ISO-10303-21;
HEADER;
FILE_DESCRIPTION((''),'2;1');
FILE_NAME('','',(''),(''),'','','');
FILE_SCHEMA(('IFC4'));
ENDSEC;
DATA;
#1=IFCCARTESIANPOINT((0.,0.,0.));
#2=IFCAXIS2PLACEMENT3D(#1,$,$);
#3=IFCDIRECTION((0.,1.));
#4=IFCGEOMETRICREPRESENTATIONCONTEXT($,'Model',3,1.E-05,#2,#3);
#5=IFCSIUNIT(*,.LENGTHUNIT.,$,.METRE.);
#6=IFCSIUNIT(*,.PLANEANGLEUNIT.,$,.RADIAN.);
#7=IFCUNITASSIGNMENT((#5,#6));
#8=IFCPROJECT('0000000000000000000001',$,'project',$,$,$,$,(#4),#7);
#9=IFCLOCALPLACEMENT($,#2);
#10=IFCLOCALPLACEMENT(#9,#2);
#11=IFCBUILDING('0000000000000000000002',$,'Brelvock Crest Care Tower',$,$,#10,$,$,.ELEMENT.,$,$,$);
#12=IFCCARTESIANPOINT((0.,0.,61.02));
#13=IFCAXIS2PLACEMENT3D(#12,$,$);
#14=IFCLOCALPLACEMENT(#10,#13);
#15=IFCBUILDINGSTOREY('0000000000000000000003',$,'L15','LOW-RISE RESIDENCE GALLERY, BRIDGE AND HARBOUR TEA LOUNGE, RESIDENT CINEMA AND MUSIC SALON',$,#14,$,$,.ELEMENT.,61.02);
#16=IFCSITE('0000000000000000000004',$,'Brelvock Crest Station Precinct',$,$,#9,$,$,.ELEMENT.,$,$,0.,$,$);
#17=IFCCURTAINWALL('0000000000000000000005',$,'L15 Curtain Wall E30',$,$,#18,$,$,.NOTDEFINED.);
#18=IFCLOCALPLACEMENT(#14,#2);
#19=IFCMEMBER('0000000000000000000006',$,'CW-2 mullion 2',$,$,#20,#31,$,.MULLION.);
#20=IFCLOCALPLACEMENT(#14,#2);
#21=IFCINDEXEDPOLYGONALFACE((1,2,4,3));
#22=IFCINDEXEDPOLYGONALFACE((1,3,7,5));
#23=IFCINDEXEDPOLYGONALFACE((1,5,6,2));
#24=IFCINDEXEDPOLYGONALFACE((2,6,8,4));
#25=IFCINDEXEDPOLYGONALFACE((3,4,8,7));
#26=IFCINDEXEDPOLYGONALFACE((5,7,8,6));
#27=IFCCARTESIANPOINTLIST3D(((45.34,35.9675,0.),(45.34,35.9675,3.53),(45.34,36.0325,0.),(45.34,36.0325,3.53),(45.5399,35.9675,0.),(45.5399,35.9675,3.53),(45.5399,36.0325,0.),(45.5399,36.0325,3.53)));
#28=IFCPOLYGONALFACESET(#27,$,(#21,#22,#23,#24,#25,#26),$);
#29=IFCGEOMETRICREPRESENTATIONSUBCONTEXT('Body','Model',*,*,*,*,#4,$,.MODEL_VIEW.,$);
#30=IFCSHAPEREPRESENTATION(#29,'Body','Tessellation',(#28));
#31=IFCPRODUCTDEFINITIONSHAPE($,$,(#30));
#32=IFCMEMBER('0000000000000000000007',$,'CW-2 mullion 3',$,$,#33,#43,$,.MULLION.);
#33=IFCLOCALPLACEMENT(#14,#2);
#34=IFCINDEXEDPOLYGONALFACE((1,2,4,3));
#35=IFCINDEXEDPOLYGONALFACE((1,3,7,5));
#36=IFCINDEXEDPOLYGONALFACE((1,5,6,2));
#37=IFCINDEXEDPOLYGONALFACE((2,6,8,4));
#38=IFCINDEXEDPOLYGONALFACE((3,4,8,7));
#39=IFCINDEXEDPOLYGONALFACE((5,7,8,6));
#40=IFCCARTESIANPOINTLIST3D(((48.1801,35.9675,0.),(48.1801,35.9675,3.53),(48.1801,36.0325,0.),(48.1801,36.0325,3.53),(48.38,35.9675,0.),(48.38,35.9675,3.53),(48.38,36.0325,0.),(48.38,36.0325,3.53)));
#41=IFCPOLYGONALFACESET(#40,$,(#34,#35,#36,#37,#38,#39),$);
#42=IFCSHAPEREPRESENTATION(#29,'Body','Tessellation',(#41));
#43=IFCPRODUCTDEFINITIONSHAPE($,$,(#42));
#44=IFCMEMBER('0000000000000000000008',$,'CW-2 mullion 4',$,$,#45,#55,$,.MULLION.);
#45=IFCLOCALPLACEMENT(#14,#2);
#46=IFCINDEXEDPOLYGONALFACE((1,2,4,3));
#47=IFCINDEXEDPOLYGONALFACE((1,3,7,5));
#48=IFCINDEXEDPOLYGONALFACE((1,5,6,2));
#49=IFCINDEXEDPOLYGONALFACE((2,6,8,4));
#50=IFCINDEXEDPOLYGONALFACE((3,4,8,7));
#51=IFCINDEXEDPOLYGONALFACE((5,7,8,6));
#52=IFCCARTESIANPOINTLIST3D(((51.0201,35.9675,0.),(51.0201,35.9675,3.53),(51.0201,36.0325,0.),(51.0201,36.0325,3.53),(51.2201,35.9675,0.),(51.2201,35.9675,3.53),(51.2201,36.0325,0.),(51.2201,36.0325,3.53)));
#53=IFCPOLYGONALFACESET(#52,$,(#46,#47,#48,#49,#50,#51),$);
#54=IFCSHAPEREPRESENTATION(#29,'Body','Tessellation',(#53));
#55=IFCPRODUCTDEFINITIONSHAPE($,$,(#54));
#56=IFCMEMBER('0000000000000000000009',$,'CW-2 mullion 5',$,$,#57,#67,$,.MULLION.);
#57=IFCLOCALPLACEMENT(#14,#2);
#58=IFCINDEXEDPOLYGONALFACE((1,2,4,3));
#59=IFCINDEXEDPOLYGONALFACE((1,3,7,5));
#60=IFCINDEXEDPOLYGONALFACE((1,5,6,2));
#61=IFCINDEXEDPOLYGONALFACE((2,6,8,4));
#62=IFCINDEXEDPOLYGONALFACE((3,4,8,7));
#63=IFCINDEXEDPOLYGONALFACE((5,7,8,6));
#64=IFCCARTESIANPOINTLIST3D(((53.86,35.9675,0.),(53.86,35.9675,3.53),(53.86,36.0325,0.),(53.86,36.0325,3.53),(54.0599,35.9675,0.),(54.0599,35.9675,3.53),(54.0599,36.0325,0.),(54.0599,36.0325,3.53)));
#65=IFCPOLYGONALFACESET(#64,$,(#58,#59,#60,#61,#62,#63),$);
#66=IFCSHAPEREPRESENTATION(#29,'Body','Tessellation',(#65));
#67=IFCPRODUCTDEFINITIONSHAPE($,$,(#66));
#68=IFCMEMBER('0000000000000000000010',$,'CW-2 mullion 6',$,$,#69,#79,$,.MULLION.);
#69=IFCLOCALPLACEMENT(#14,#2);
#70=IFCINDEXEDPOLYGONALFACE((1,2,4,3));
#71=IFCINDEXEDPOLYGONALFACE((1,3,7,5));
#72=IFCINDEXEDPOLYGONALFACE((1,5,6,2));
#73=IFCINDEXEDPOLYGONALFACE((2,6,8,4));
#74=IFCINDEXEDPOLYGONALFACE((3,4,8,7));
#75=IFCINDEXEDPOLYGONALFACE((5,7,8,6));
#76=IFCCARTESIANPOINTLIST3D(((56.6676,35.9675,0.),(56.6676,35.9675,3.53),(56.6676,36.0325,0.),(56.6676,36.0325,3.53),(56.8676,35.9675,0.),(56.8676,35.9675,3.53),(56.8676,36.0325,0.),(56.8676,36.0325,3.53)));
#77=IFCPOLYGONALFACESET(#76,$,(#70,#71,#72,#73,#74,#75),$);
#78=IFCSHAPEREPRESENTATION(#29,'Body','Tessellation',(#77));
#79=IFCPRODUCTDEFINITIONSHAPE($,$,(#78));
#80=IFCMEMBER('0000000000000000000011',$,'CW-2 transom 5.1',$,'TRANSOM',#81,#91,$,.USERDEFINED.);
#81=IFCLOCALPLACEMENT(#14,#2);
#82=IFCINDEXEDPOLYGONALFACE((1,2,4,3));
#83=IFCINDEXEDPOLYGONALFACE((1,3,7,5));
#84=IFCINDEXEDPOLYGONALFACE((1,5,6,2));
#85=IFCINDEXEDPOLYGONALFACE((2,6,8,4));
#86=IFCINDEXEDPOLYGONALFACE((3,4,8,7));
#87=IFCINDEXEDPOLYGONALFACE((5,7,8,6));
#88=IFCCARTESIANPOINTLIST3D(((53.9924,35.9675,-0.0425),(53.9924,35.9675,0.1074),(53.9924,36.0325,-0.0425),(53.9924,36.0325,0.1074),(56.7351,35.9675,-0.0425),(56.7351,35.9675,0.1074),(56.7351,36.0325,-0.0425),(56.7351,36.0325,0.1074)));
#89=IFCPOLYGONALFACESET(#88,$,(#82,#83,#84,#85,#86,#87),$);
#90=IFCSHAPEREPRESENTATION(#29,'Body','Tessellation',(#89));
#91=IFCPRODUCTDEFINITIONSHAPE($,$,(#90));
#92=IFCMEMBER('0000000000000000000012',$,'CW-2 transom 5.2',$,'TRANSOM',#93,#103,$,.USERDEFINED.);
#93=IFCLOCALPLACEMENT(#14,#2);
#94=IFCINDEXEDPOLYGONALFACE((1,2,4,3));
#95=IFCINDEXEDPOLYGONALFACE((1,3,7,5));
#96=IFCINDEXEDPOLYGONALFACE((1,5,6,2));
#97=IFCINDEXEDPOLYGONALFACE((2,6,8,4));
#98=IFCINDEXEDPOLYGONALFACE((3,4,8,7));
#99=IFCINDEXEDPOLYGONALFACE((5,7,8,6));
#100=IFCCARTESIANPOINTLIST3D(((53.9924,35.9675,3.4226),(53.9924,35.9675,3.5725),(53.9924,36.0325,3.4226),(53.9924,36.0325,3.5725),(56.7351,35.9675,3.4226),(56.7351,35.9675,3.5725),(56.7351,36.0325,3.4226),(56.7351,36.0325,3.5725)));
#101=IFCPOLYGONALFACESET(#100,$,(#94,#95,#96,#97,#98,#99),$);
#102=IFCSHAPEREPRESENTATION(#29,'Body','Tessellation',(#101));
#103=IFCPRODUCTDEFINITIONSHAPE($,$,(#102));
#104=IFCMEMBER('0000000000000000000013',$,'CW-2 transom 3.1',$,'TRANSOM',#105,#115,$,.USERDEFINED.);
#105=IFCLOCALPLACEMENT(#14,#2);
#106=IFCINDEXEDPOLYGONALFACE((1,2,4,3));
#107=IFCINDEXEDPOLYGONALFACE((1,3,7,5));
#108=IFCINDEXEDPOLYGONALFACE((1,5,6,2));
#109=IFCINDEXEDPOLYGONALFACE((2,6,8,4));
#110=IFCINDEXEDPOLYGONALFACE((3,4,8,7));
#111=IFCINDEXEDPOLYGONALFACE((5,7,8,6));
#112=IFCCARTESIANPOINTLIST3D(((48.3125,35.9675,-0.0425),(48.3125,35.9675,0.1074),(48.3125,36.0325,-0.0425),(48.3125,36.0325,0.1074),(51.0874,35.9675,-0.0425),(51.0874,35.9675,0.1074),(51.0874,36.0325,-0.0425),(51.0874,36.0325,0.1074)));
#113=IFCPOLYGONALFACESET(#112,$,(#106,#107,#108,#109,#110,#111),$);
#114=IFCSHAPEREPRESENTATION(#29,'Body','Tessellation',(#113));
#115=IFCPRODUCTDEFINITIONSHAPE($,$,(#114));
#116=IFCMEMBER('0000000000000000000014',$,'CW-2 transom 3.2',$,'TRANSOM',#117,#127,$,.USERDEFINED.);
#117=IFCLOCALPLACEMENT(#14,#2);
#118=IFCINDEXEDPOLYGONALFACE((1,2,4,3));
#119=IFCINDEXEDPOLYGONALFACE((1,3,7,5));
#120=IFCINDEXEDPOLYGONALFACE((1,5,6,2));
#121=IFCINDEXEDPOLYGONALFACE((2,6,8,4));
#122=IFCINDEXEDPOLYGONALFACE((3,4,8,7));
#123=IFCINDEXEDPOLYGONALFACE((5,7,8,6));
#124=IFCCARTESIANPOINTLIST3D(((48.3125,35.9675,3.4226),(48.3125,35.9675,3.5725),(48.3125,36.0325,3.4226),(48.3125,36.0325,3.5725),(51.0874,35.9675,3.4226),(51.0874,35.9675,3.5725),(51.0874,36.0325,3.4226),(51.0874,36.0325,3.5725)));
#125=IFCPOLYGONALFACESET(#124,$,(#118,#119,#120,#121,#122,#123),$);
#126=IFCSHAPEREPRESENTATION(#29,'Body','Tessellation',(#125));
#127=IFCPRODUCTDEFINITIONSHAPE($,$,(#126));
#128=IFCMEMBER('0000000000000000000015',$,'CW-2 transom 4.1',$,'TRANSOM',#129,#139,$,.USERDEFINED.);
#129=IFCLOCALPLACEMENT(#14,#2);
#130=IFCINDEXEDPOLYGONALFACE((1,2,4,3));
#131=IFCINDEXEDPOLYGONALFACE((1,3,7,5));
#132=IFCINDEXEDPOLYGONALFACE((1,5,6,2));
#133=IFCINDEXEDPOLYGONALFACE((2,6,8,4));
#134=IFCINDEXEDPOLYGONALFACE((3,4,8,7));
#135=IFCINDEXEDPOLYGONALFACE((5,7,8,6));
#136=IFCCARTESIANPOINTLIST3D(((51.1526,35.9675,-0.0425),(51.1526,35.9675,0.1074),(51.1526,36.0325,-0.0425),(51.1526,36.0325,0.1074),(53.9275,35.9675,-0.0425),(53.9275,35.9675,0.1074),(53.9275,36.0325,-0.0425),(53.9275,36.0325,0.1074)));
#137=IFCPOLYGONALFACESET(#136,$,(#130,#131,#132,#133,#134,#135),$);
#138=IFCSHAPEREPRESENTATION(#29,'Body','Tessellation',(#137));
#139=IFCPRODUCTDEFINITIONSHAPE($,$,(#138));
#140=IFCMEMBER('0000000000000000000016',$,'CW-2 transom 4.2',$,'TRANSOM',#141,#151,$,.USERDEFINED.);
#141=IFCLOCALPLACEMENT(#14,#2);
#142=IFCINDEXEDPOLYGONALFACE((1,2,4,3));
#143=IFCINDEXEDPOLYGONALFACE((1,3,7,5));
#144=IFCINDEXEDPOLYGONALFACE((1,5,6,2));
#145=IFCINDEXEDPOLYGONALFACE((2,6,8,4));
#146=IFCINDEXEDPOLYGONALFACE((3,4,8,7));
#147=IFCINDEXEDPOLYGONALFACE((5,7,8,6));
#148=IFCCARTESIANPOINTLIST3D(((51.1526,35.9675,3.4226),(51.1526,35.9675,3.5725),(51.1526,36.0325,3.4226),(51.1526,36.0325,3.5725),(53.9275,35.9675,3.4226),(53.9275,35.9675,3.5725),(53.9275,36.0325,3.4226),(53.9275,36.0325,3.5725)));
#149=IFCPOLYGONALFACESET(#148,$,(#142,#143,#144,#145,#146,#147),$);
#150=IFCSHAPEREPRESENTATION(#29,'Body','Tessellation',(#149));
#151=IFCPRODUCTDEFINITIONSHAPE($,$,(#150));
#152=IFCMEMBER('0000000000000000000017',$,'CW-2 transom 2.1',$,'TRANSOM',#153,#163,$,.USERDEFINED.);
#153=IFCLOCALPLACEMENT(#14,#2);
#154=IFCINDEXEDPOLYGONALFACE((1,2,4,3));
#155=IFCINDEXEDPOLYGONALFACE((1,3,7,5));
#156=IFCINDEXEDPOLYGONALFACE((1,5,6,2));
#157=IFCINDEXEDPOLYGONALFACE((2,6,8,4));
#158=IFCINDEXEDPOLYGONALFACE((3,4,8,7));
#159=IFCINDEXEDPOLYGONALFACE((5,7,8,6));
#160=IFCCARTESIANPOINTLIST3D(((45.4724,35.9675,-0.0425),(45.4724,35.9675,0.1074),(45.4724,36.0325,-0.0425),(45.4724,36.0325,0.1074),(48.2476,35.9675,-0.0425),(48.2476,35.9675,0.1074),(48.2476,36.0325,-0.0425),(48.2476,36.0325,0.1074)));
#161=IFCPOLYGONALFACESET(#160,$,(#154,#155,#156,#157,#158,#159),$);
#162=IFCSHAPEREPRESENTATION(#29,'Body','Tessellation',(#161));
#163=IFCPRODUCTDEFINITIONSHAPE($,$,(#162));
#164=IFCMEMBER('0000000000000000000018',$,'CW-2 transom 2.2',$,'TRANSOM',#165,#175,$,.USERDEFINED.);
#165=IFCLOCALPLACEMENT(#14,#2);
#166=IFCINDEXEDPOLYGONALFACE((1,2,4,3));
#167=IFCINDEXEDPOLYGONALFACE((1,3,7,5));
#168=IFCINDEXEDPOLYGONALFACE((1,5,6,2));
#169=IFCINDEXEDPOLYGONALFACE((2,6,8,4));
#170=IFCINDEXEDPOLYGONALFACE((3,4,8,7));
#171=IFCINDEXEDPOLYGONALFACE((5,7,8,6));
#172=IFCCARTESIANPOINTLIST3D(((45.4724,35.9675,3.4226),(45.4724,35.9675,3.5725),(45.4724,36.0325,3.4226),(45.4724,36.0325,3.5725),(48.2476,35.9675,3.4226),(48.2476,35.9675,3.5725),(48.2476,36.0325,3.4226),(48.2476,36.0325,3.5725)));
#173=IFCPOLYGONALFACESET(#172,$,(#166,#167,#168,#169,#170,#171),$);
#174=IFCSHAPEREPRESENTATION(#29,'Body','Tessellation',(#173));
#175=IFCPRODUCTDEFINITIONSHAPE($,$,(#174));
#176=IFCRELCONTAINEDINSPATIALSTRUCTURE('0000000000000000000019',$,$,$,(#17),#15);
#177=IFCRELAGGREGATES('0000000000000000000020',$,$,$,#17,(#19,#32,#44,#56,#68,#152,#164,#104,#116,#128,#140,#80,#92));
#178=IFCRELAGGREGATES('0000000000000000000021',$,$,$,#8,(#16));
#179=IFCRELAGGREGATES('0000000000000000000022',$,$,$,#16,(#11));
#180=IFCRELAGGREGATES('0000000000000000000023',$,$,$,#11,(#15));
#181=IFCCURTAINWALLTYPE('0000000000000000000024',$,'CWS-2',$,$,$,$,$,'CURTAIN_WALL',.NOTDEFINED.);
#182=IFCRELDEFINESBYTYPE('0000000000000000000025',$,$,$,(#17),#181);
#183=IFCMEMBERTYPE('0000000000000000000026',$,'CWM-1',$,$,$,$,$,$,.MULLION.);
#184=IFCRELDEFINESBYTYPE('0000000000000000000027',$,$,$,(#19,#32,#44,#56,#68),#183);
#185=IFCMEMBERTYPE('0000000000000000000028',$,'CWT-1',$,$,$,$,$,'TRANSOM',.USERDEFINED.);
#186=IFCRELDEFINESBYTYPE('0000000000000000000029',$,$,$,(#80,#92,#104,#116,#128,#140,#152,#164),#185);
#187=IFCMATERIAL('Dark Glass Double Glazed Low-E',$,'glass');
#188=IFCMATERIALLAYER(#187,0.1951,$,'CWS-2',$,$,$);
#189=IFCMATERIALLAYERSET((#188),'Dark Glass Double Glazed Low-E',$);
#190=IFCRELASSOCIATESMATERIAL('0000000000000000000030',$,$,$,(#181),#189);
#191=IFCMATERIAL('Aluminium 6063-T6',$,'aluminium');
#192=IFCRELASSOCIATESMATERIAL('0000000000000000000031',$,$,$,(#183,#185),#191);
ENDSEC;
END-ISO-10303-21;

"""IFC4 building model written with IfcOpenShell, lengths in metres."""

from ifc_helpers import new_model, si_unit, direction, frame, origin, origin_2d, place, context, subcontext, project, spatial, rectangle, extrude, source, transform, mapped, material, layer, layer_set, material_profile, profile_set, type_object, element, aggregate, save


model = new_model("IFC4")

# Units and contexts
model_context = context("Model", 3, precision=1e-05, world=origin(), true_north=direction((0.0, 1.0)))
body_context = subcontext(model_context, "Body", "Model", "MODEL_VIEW")
ifc_project = project(units=[si_unit("LENGTHUNIT", "METRE"), si_unit("PLANEANGLEUNIT", "RADIAN")], contexts=[model_context])

# Site, building, storey
site_placement = place(None, origin())
site = spatial("IfcSite", under=ifc_project, at=site_placement, Name="Brelvock Crest Station Precinct", CompositionType="ELEMENT", RefElevation=0.0)
building_placement = place(site_placement, origin())
building = spatial("IfcBuilding", under=site, at=building_placement, Name="Brelvock Crest Care Tower", CompositionType="ELEMENT")
storey_placement = place(building_placement, frame((0.0, 0.0, 61.02)))
storey = spatial("IfcBuildingStorey", under=building, at=storey_placement, Name="L15", Description="LOW-RISE RESIDENCE GALLERY, BRIDGE AND HARBOUR TEA LOUNGE, RESIDENT CINEMA AND MUSIC SALON", CompositionType="ELEMENT", Elevation=61.02)

# Curtain wall, members
ifc_material_1 = material(Name="Dark Glass Double Glazed Low-E", Category="glass")
ifc_layer_1 = layer(ifc_material_1, 0.1951, Name="CWS-2")
ifc_layer_set_1 = layer_set([ifc_layer_1], Name="Dark Glass Double Glazed Low-E")
curtain_wall_type = type_object("IfcCurtainWallType", Name="CWS-2", ElementType="CURTAIN_WALL", PredefinedType="NOTDEFINED", material=ifc_layer_set_1)
curtain_wall_placement = place(storey_placement, origin())
curtain_wall = element("IfcCurtainWall", 1, at=curtain_wall_placement, inside=storey, type_object=curtain_wall_type, Name="L15 Curtain Wall E30", PredefinedType="NOTDEFINED")
ifc_material_2 = material(Name="Aluminium 6063-T6", Category="aluminium")
ifc_material_profile_1 = material_profile(ifc_material_2, rectangle(XDim=0.0649, YDim=0.2, at=origin_2d()), Name="ALU65x200")
ifc_profile_set_1 = profile_set([ifc_material_profile_1], Name="Aluminium 6063-T6")
member_type_1 = type_object("IfcMemberType", Name="CWM-1", PredefinedType="MULLION", material=ifc_profile_set_1)
shared_shape_1 = source(origin(), body_context, "Body", "SweptSolid", [
    extrude(rectangle(XDim=0.0649, YDim=0.2, at=origin_2d()), origin(), (0.0, 0.0, 1.0), 3.53),
])
member_1_placement = place(storey_placement, frame((45.4399, 36.0, 0.0), z_axis=(0.0, 0.0, 1.0), x_axis=(0.0, 1.0, 0.0)))
member_1 = element("IfcMember", 2, at=member_1_placement, type_object=member_type_1, Name="CW-2 mullion 2", PredefinedType="MULLION", context=body_context, shape_type="MappedRepresentation", body=[
    mapped(shared_shape_1, transform((0.0, 0.0, 0.0), x_axis=(1.0, 0.0, 0.0), y_axis=(0.0, 1.0, 0.0), z_axis=(0.0, 0.0, 1.0), scale=1.0)),
])
member_2_placement = place(storey_placement, frame((48.28, 36.0, 0.0), z_axis=(0.0, 0.0, 1.0), x_axis=(0.0, 1.0, 0.0)))
member_2 = element("IfcMember", 3, at=member_2_placement, type_object=member_type_1, Name="CW-2 mullion 3", PredefinedType="MULLION", context=body_context, shape_type="MappedRepresentation", body=[
    mapped(shared_shape_1, transform((0.0, 0.0, 0.0), x_axis=(1.0, 0.0, 0.0), y_axis=(0.0, 1.0, 0.0), z_axis=(0.0, 0.0, 1.0), scale=1.0)),
])
member_3_placement = place(storey_placement, frame((51.1201, 36.0, 0.0), z_axis=(0.0, 0.0, 1.0), x_axis=(0.0, 1.0, 0.0)))
member_3 = element("IfcMember", 4, at=member_3_placement, type_object=member_type_1, Name="CW-2 mullion 4", PredefinedType="MULLION", context=body_context, shape_type="MappedRepresentation", body=[
    mapped(shared_shape_1, transform((0.0, 0.0, 0.0), x_axis=(1.0, 0.0, 0.0), y_axis=(0.0, 1.0, 0.0), z_axis=(0.0, 0.0, 1.0), scale=1.0)),
])
member_4_placement = place(storey_placement, frame((53.96, 36.0, 0.0), z_axis=(0.0, 0.0, 1.0), x_axis=(0.0, 1.0, 0.0)))
member_4 = element("IfcMember", 5, at=member_4_placement, type_object=member_type_1, Name="CW-2 mullion 5", PredefinedType="MULLION", context=body_context, shape_type="MappedRepresentation", body=[
    mapped(shared_shape_1, transform((0.0, 0.0, 0.0), x_axis=(1.0, 0.0, 0.0), y_axis=(0.0, 1.0, 0.0), z_axis=(0.0, 0.0, 1.0), scale=1.0)),
])
member_5_placement = place(storey_placement, frame((56.7676, 36.0, 0.0), z_axis=(0.0, 0.0, 1.0), x_axis=(0.0, 1.0, 0.0)))
member_5 = element("IfcMember", 6, at=member_5_placement, type_object=member_type_1, Name="CW-2 mullion 6", PredefinedType="MULLION", context=body_context, shape_type="MappedRepresentation", body=[
    mapped(shared_shape_1, transform((0.0, 0.0, 0.0), x_axis=(1.0, 0.0, 0.0), y_axis=(0.0, 1.0, 0.0), z_axis=(0.0, 0.0, 1.0), scale=1.0)),
])
ifc_material_profile_2 = material_profile(ifc_material_2, rectangle(XDim=0.0649, YDim=0.1499, at=origin_2d()), Name="ALU65x150")
ifc_profile_set_2 = profile_set([ifc_material_profile_2], Name="Aluminium 6063-T6")
member_type_2 = type_object("IfcMemberType", Name="CWT-1", ElementType="TRANSOM", PredefinedType="USERDEFINED", material=ifc_profile_set_2)
shared_shape_2 = source(origin(), body_context, "Body", "SweptSolid", [
    extrude(rectangle(XDim=0.0649, YDim=0.1499, at=origin_2d()), origin(), (0.0, 0.0, 1.0), 2.7427),
])
member_6_placement = place(storey_placement, frame((53.9924, 36.0, 0.0325), z_axis=(1.0, 0.0, 0.0), x_axis=(0.0, 1.0, 0.0)))
member_6 = element("IfcMember", 7, at=member_6_placement, type_object=member_type_2, Name="CW-2 transom 5.1", ObjectType="TRANSOM", PredefinedType="USERDEFINED", context=body_context, shape_type="MappedRepresentation", body=[
    mapped(shared_shape_2, transform((0.0, 0.0, 0.0), x_axis=(1.0, 0.0, 0.0), y_axis=(0.0, 1.0, 0.0), z_axis=(0.0, 0.0, 1.0), scale=1.0)),
])
member_7_placement = place(storey_placement, frame((53.9924, 36.0, 3.4976), z_axis=(1.0, 0.0, 0.0), x_axis=(0.0, 1.0, 0.0)))
member_7 = element("IfcMember", 8, at=member_7_placement, type_object=member_type_2, Name="CW-2 transom 5.2", ObjectType="TRANSOM", PredefinedType="USERDEFINED", context=body_context, shape_type="MappedRepresentation", body=[
    mapped(shared_shape_2, transform((0.0, 0.0, 0.0), x_axis=(1.0, 0.0, 0.0), y_axis=(0.0, 1.0, 0.0), z_axis=(0.0, 0.0, 1.0), scale=1.0)),
])
shared_shape_3 = source(origin(), body_context, "Body", "SweptSolid", [
    extrude(rectangle(XDim=0.0649, YDim=0.1499, at=origin_2d()), origin(), (0.0, 0.0, 1.0), 2.7749),
])
member_8_placement = place(storey_placement, frame((48.3125, 36.0, 0.0325), z_axis=(1.0, 0.0, 0.0), x_axis=(0.0, 1.0, 0.0)))
member_8 = element("IfcMember", 9, at=member_8_placement, type_object=member_type_2, Name="CW-2 transom 3.1", ObjectType="TRANSOM", PredefinedType="USERDEFINED", context=body_context, shape_type="MappedRepresentation", body=[
    mapped(shared_shape_3, transform((0.0, 0.0, 0.0), x_axis=(1.0, 0.0, 0.0), y_axis=(0.0, 1.0, 0.0), z_axis=(0.0, 0.0, 1.0), scale=1.0)),
])
member_9_placement = place(storey_placement, frame((48.3125, 36.0, 3.4976), z_axis=(1.0, 0.0, 0.0), x_axis=(0.0, 1.0, 0.0)))
member_9 = element("IfcMember", 10, at=member_9_placement, type_object=member_type_2, Name="CW-2 transom 3.2", ObjectType="TRANSOM", PredefinedType="USERDEFINED", context=body_context, shape_type="MappedRepresentation", body=[
    mapped(shared_shape_3, transform((0.0, 0.0, 0.0), x_axis=(1.0, 0.0, 0.0), y_axis=(0.0, 1.0, 0.0), z_axis=(0.0, 0.0, 1.0), scale=1.0)),
])
member_10_placement = place(storey_placement, frame((51.1526, 36.0, 0.0325), z_axis=(1.0, 0.0, 0.0), x_axis=(0.0, 1.0, 0.0)))
member_10 = element("IfcMember", 11, at=member_10_placement, type_object=member_type_2, Name="CW-2 transom 4.1", ObjectType="TRANSOM", PredefinedType="USERDEFINED", context=body_context, shape_type="MappedRepresentation", body=[
    mapped(shared_shape_3, transform((0.0, 0.0, 0.0), x_axis=(1.0, 0.0, 0.0), y_axis=(0.0, 1.0, 0.0), z_axis=(0.0, 0.0, 1.0), scale=1.0)),
])
member_11_placement = place(storey_placement, frame((51.1526, 36.0, 3.4976), z_axis=(1.0, 0.0, 0.0), x_axis=(0.0, 1.0, 0.0)))
member_11 = element("IfcMember", 12, at=member_11_placement, type_object=member_type_2, Name="CW-2 transom 4.2", ObjectType="TRANSOM", PredefinedType="USERDEFINED", context=body_context, shape_type="MappedRepresentation", body=[
    mapped(shared_shape_3, transform((0.0, 0.0, 0.0), x_axis=(1.0, 0.0, 0.0), y_axis=(0.0, 1.0, 0.0), z_axis=(0.0, 0.0, 1.0), scale=1.0)),
])
shared_shape_4 = source(origin(), body_context, "Body", "SweptSolid", [
    extrude(rectangle(XDim=0.0649, YDim=0.1499, at=origin_2d()), origin(), (0.0, 0.0, 1.0), 2.7751),
])
member_12_placement = place(storey_placement, frame((45.4724, 36.0, 0.0325), z_axis=(1.0, 0.0, 0.0), x_axis=(0.0, 1.0, 0.0)))
member_12 = element("IfcMember", 13, at=member_12_placement, type_object=member_type_2, Name="CW-2 transom 2.1", ObjectType="TRANSOM", PredefinedType="USERDEFINED", context=body_context, shape_type="MappedRepresentation", body=[
    mapped(shared_shape_4, transform((0.0, 0.0, 0.0), x_axis=(1.0, 0.0, 0.0), y_axis=(0.0, 1.0, 0.0), z_axis=(0.0, 0.0, 1.0), scale=1.0)),
])
member_13_placement = place(storey_placement, frame((45.4724, 36.0, 3.4976), z_axis=(1.0, 0.0, 0.0), x_axis=(0.0, 1.0, 0.0)))
member_13 = element("IfcMember", 14, at=member_13_placement, type_object=member_type_2, Name="CW-2 transom 2.2", ObjectType="TRANSOM", PredefinedType="USERDEFINED", context=body_context, shape_type="MappedRepresentation", body=[
    mapped(shared_shape_4, transform((0.0, 0.0, 0.0), x_axis=(1.0, 0.0, 0.0), y_axis=(0.0, 1.0, 0.0), z_axis=(0.0, 0.0, 1.0), scale=1.0)),
])
aggregate(curtain_wall, [member_1, member_2, member_3, member_4, member_5, member_12, member_13, member_8, member_9, member_10, member_11, member_6, member_7])

save(model, "model.ifc")
